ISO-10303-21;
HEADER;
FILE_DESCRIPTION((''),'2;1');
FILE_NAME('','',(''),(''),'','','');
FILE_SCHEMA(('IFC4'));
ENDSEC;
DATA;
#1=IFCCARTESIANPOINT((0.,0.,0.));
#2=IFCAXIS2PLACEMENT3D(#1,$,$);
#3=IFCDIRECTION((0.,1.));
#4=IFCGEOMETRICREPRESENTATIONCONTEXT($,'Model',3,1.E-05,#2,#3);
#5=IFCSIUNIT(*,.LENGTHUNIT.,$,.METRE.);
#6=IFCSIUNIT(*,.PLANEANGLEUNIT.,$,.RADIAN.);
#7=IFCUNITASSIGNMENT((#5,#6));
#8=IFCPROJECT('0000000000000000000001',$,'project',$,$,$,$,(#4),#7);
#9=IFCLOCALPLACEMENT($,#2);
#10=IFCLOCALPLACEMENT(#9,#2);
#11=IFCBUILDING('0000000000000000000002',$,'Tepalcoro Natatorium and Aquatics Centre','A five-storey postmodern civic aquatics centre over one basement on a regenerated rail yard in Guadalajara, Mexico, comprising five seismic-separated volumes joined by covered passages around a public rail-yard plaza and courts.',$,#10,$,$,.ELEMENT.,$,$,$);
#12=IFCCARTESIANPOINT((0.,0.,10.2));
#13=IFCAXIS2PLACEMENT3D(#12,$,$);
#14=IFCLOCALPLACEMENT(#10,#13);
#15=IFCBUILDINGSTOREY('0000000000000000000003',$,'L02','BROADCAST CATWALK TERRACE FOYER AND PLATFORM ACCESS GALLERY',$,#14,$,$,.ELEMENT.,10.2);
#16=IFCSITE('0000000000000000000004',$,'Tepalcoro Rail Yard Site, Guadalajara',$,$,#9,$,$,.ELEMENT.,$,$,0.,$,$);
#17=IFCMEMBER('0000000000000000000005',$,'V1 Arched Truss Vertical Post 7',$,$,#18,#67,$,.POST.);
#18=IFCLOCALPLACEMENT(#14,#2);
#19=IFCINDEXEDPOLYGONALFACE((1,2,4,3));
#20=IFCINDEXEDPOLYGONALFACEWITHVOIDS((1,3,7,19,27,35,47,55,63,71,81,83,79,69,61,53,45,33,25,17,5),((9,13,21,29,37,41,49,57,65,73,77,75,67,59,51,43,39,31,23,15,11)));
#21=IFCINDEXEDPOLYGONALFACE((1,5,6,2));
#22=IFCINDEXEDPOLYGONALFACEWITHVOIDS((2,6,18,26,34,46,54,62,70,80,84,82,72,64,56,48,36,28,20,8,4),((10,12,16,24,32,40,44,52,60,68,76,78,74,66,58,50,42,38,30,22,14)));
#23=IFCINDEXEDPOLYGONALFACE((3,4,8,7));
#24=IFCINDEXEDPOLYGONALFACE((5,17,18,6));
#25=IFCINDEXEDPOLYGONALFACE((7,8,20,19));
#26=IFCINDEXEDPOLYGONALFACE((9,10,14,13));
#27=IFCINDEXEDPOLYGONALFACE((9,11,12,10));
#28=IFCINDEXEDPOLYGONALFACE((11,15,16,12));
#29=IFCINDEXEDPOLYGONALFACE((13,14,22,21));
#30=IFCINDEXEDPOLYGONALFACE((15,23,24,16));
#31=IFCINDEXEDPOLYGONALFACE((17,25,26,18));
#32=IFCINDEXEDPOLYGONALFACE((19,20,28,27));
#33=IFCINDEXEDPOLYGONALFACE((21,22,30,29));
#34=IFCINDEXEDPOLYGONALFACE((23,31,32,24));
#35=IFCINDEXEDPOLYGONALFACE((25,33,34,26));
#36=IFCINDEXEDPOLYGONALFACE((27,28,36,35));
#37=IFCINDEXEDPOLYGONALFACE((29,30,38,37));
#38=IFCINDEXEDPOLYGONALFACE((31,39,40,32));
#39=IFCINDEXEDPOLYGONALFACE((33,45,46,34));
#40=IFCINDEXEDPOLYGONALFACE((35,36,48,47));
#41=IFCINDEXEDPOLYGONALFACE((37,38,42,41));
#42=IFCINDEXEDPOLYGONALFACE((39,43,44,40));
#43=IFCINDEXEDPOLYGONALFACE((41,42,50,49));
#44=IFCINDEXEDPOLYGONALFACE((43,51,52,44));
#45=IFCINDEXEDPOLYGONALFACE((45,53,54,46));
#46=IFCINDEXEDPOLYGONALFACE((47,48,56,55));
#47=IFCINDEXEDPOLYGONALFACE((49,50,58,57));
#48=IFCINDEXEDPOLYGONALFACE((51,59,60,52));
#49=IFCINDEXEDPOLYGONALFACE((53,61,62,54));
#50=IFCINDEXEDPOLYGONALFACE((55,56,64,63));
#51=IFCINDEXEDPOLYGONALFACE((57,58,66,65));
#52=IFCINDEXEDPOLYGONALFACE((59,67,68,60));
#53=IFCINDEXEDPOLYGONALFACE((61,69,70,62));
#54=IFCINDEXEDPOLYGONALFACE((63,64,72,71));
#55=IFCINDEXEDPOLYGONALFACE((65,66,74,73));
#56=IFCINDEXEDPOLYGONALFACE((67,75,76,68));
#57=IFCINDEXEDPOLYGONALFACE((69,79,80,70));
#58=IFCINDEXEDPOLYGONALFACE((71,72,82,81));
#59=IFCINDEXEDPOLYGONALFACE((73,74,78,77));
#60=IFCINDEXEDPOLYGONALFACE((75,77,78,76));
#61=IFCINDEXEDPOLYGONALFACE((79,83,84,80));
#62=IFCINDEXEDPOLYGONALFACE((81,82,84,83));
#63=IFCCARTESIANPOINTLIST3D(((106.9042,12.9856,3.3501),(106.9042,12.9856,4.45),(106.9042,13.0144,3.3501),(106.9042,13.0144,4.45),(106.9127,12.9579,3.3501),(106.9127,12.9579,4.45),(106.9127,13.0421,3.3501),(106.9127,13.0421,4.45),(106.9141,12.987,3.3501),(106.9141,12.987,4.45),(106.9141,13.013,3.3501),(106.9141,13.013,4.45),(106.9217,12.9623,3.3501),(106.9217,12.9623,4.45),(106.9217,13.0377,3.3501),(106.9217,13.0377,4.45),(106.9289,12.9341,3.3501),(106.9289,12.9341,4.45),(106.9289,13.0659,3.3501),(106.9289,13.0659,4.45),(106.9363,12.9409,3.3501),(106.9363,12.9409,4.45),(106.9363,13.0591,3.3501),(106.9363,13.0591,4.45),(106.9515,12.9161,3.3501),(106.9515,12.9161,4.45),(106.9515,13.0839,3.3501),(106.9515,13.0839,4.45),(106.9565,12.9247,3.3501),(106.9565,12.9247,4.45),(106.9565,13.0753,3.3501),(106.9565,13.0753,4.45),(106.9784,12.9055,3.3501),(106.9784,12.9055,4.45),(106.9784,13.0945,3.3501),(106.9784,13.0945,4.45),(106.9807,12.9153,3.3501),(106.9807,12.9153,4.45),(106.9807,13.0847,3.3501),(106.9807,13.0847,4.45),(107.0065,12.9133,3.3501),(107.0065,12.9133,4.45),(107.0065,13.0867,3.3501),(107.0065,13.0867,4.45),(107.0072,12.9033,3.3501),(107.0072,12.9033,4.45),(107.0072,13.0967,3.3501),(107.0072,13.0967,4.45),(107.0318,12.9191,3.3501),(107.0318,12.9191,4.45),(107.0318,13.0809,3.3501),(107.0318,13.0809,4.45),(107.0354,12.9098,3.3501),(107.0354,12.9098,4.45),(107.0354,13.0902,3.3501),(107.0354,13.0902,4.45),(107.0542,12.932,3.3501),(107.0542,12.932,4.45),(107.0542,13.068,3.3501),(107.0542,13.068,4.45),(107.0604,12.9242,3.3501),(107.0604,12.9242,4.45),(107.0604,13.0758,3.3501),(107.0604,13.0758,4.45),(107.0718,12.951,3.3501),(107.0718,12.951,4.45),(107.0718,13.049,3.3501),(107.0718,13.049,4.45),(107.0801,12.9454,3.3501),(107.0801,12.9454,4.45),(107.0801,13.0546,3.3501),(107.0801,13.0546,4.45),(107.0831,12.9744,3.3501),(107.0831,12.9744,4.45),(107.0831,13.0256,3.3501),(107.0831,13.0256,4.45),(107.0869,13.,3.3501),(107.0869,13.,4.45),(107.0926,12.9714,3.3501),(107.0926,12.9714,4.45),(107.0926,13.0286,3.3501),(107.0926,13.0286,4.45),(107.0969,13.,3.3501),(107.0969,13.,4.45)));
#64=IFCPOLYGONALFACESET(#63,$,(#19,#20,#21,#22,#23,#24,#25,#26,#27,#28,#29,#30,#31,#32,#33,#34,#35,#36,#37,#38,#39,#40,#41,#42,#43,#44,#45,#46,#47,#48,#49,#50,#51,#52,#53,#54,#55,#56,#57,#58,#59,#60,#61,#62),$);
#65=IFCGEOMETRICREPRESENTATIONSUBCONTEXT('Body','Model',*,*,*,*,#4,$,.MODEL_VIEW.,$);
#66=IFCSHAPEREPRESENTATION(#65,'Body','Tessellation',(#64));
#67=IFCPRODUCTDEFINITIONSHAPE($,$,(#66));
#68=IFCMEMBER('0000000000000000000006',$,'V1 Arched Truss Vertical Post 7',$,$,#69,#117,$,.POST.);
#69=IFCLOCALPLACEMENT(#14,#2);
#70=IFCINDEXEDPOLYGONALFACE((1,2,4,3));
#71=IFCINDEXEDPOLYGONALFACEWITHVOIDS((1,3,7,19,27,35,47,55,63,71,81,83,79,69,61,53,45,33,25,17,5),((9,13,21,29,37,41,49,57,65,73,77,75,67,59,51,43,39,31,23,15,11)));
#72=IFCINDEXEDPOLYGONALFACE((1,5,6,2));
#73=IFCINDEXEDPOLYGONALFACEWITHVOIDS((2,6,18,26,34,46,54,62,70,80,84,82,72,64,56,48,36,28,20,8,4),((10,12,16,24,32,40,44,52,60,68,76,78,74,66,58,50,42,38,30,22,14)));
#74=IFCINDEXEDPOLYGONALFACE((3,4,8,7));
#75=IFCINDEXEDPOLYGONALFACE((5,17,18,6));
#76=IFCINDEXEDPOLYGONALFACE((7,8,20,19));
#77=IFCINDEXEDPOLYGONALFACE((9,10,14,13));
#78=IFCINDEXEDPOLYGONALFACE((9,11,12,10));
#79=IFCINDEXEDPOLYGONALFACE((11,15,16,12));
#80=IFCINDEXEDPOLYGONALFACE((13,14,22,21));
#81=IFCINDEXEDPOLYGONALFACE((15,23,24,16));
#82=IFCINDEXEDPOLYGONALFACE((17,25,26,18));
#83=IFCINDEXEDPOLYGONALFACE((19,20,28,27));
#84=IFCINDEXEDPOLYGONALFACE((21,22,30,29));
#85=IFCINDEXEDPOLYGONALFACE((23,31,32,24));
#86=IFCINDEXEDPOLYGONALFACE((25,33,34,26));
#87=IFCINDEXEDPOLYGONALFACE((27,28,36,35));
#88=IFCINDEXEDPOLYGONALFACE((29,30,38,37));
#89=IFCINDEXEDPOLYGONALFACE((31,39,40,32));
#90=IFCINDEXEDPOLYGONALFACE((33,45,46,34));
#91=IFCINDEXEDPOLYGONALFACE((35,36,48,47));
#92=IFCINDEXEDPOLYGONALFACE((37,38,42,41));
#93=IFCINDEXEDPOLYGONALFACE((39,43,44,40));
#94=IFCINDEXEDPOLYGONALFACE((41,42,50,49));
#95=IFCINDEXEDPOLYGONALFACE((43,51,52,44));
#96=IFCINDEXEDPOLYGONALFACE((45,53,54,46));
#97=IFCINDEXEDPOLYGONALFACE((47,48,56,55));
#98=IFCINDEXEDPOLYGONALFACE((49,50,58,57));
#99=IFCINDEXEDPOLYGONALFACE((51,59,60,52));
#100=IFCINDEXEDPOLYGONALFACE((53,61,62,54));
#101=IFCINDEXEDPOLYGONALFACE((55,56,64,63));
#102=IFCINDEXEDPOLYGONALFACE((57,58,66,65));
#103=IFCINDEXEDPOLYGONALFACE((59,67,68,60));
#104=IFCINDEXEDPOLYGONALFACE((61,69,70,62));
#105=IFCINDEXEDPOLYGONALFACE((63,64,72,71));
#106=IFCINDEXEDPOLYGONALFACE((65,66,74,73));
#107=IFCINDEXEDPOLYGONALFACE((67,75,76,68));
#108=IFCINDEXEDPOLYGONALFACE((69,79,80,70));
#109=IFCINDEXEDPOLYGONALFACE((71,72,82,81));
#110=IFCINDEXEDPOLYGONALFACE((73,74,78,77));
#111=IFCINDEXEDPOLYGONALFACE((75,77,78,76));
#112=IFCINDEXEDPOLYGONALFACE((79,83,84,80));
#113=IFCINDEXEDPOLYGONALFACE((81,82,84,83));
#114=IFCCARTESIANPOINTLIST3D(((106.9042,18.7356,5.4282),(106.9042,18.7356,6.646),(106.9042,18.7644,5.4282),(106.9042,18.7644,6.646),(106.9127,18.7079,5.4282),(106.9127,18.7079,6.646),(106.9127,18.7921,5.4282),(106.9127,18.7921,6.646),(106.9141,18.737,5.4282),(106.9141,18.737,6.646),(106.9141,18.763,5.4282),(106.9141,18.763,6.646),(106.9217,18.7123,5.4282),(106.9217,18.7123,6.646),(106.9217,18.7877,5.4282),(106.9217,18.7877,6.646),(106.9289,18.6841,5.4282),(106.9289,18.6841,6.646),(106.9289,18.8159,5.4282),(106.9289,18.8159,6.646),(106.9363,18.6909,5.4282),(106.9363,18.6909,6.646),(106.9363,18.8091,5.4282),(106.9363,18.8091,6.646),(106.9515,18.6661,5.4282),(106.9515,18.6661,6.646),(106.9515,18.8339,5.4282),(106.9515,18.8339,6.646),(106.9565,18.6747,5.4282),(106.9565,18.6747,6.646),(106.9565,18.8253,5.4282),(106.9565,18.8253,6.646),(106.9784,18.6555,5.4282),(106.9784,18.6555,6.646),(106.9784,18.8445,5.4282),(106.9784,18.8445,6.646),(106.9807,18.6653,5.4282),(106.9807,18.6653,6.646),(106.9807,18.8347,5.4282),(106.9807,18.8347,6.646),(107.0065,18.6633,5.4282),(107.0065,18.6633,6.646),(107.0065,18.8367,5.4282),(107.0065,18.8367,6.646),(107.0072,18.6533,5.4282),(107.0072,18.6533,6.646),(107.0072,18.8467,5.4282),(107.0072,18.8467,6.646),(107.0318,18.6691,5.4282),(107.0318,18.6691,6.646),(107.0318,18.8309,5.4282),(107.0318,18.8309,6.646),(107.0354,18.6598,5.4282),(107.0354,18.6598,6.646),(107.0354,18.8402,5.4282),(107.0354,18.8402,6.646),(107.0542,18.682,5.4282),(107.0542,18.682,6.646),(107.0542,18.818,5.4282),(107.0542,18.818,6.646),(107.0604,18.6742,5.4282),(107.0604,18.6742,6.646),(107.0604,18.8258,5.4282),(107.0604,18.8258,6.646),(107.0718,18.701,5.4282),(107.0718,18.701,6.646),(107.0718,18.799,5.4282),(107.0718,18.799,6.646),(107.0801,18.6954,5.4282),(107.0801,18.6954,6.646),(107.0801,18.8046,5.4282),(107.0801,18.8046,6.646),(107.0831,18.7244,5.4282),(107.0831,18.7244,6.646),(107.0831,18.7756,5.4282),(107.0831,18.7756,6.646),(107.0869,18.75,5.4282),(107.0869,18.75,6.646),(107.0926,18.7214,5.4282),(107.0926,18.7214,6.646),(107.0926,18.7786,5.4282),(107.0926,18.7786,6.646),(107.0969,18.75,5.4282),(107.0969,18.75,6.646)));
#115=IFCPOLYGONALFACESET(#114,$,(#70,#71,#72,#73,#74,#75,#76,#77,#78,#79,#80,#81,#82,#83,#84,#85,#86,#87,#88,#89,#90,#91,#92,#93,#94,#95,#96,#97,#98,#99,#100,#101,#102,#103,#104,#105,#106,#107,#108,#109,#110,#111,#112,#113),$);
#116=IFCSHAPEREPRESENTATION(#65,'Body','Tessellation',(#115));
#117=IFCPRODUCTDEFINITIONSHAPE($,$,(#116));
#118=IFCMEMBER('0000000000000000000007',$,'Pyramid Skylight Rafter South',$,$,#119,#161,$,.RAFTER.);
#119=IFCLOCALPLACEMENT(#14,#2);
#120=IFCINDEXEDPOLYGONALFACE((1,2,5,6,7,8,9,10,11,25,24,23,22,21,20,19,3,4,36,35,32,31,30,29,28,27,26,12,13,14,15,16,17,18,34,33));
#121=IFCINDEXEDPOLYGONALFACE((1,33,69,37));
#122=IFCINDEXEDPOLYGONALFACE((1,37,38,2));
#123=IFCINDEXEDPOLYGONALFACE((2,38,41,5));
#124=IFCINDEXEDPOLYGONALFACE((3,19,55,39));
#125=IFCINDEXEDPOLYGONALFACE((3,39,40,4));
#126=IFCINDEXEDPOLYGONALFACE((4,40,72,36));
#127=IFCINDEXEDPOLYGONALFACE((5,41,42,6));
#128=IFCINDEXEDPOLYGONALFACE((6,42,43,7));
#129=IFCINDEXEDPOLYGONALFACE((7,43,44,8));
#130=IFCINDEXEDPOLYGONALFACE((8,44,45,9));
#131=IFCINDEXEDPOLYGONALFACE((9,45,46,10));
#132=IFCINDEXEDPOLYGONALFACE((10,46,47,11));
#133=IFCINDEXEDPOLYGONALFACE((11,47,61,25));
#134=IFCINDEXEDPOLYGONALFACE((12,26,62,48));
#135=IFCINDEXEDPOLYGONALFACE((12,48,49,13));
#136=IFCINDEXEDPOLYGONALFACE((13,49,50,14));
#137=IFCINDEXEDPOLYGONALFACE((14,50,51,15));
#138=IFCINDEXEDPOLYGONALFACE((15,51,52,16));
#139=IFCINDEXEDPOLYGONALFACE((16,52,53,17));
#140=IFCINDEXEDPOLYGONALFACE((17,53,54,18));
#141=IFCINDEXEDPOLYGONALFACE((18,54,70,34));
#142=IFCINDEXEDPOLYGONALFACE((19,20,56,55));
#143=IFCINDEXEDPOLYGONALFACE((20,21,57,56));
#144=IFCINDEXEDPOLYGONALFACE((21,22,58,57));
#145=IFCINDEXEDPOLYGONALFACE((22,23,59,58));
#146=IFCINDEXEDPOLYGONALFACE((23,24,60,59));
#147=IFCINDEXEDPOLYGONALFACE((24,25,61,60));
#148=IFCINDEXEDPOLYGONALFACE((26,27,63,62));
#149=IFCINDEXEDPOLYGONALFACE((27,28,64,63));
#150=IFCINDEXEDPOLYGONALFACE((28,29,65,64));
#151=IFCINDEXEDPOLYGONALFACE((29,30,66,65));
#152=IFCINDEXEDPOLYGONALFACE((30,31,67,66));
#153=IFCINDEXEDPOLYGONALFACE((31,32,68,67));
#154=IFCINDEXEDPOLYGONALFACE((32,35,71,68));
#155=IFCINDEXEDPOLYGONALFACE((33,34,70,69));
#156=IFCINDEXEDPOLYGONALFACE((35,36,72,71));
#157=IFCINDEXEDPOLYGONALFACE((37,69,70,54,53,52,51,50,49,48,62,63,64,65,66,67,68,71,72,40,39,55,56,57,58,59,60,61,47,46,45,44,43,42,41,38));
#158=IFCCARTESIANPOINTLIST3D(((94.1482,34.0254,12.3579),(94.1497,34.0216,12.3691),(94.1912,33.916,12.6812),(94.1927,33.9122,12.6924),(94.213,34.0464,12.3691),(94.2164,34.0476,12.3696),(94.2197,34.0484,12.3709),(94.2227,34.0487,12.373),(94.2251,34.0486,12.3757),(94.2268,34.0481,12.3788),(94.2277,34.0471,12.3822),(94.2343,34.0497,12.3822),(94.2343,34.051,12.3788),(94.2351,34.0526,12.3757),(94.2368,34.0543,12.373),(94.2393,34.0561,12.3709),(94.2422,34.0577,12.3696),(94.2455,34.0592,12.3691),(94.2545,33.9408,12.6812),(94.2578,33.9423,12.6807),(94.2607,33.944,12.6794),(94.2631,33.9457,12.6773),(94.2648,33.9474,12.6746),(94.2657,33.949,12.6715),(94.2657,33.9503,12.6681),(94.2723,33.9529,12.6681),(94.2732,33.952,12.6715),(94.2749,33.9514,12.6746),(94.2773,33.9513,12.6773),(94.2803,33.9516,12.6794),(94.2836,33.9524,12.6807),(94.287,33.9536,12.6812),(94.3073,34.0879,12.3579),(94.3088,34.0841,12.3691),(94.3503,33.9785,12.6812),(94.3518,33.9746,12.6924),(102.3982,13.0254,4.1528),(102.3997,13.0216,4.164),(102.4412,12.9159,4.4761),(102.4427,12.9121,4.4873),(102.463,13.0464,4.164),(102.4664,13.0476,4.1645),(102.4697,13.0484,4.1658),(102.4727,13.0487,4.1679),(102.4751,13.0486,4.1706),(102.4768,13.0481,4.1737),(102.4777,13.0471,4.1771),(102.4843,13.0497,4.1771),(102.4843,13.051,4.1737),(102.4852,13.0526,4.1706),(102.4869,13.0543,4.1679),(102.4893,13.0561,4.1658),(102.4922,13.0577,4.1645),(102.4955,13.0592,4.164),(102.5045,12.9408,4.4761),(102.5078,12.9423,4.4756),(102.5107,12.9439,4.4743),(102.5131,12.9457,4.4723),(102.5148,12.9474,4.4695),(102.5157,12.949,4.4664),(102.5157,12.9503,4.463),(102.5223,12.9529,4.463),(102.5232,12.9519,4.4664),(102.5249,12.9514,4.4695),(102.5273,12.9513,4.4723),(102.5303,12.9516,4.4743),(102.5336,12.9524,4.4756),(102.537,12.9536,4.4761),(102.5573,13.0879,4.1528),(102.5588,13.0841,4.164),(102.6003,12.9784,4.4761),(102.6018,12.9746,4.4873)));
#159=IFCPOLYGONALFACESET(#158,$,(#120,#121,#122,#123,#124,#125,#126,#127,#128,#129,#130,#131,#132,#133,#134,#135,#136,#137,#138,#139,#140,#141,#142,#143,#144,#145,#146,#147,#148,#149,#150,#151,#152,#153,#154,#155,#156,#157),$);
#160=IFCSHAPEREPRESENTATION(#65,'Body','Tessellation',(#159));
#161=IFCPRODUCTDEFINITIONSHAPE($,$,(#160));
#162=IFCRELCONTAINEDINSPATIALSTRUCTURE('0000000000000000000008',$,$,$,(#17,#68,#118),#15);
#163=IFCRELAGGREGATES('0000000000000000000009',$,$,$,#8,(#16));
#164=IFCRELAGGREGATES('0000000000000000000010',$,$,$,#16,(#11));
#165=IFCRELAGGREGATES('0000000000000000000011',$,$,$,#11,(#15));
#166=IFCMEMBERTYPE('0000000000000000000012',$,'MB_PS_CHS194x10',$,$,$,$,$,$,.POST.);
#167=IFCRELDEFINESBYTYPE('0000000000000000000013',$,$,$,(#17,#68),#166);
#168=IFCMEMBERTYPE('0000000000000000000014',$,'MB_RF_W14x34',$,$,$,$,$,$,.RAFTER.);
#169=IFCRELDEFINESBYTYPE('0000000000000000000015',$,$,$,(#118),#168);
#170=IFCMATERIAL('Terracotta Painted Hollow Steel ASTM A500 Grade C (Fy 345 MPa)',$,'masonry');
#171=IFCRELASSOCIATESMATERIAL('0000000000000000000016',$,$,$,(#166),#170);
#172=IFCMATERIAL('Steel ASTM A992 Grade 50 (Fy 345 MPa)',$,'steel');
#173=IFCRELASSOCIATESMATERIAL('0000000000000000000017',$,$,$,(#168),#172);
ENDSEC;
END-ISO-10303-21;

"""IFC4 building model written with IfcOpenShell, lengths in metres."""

from ifc_helpers import new_model, si_unit, direction, frame, origin, origin_2d, place, context, subcontext, project, spatial, hollow_circle, i_section, extrude, material, material_profile, profile_set, type_object, element, save


model = new_model("IFC4")

# Units and contexts
model_context = context("Model", 3, precision=1e-05, world=origin(), true_north=direction((0.0, 1.0)))
body_context = subcontext(model_context, "Body", "Model", "MODEL_VIEW")
ifc_project = project(units=[si_unit("LENGTHUNIT", "METRE"), si_unit("PLANEANGLEUNIT", "RADIAN")], contexts=[model_context])

# Site, building, storey
site_placement = place(None, origin())
site = spatial("IfcSite", under=ifc_project, at=site_placement, Name="Tepalcoro Rail Yard Site, Guadalajara", CompositionType="ELEMENT", RefElevation=0.0)
building_placement = place(site_placement, origin())
building = spatial("IfcBuilding", under=site, at=building_placement, Name="Tepalcoro Natatorium and Aquatics Centre", Description="A five-storey postmodern civic aquatics centre over one basement on a regenerated rail yard in Guadalajara, Mexico, comprising five seismic-separated volumes joined by covered passages around a public rail-yard plaza and courts.", CompositionType="ELEMENT")
storey_placement = place(building_placement, frame((0.0, 0.0, 10.2)))
storey = spatial("IfcBuildingStorey", under=building, at=storey_placement, Name="L02", Description="BROADCAST CATWALK TERRACE FOYER AND PLATFORM ACCESS GALLERY", CompositionType="ELEMENT", Elevation=10.2)

# Shared definitions
ifc_material_1 = material(Name="Steel ASTM A992 Grade 50 (Fy 345 MPa)", Category="steel")

# Shared definitions
ifc_material_2 = material(Name="Terracotta Painted Hollow Steel ASTM A500 Grade C (Fy 345 MPa)", Category="masonry")

# Members
ifc_material_profile_1 = material_profile(ifc_material_2, hollow_circle(Radius=0.0969, WallThickness=0.01, at=origin_2d()), Name="CHS194X10")
ifc_profile_set_1 = profile_set([ifc_material_profile_1], Name="Terracotta Painted Hollow Steel ASTM A500 Grade C (Fy 345 MPa)")
member_type_1 = type_object("IfcMemberType", Name="MB_PS_CHS194x10", PredefinedType="POST", material=ifc_profile_set_1)
member_1_placement = place(storey_placement, frame((107.0, 13.0, 3.3501), z_axis=(0.0, 0.0, 1.0), x_axis=(1.0, 0.0, 0.0)))
element("IfcMember", 1, at=member_1_placement, inside=storey, type_object=member_type_1, Name="V1 Arched Truss Vertical Post 7", PredefinedType="POST", context=body_context, shape_type="SweptSolid", body=[
    extrude(hollow_circle(Radius=0.0969, WallThickness=0.01, at=origin_2d()), origin(), (0.0, 0.0, 1.0), 1.0999),
])
member_2_placement = place(storey_placement, frame((107.0, 18.75, 5.4282), z_axis=(0.0, 0.0, 1.0), x_axis=(1.0, 0.0, 0.0)))
element("IfcMember", 2, at=member_2_placement, inside=storey, type_object=member_type_1, Name="V1 Arched Truss Vertical Post 7", PredefinedType="POST", context=body_context, shape_type="SweptSolid", body=[
    extrude(hollow_circle(Radius=0.0969, WallThickness=0.01, at=origin_2d()), origin(), (0.0, 0.0, 1.0), 1.2178),
])
ifc_material_profile_2 = material_profile(ifc_material_1, i_section(OverallWidth=0.1709, OverallDepth=0.356, WebThickness=0.0071, FlangeThickness=0.012, FilletRadius=0.0139, at=origin_2d()), Name="W14X34")
ifc_profile_set_2 = profile_set([ifc_material_profile_2], Name="Steel ASTM A992 Grade 50 (Fy 345 MPa)")
member_type_2 = type_object("IfcMemberType", Name="MB_RF_W14x34", PredefinedType="RAFTER", material=ifc_profile_set_2)
member_3_placement = place(storey_placement, frame((102.5, 13.0, 4.3201), z_axis=(-0.343635, 0.874707, 0.341764), x_axis=(-0.930751, -0.365652, 0.0)))
element("IfcMember", 3, at=member_3_placement, inside=storey, type_object=member_type_2, Name="Pyramid Skylight Rafter South", PredefinedType="RAFTER", context=body_context, shape_type="SweptSolid", body=[
    extrude(i_section(OverallWidth=0.1709, OverallDepth=0.356, WebThickness=0.0071, FlangeThickness=0.012, FilletRadius=0.0139, at=origin_2d()), origin(), (0.0, 0.0, 1.0), 24.0081),
])

save(model, "model.ifc")
